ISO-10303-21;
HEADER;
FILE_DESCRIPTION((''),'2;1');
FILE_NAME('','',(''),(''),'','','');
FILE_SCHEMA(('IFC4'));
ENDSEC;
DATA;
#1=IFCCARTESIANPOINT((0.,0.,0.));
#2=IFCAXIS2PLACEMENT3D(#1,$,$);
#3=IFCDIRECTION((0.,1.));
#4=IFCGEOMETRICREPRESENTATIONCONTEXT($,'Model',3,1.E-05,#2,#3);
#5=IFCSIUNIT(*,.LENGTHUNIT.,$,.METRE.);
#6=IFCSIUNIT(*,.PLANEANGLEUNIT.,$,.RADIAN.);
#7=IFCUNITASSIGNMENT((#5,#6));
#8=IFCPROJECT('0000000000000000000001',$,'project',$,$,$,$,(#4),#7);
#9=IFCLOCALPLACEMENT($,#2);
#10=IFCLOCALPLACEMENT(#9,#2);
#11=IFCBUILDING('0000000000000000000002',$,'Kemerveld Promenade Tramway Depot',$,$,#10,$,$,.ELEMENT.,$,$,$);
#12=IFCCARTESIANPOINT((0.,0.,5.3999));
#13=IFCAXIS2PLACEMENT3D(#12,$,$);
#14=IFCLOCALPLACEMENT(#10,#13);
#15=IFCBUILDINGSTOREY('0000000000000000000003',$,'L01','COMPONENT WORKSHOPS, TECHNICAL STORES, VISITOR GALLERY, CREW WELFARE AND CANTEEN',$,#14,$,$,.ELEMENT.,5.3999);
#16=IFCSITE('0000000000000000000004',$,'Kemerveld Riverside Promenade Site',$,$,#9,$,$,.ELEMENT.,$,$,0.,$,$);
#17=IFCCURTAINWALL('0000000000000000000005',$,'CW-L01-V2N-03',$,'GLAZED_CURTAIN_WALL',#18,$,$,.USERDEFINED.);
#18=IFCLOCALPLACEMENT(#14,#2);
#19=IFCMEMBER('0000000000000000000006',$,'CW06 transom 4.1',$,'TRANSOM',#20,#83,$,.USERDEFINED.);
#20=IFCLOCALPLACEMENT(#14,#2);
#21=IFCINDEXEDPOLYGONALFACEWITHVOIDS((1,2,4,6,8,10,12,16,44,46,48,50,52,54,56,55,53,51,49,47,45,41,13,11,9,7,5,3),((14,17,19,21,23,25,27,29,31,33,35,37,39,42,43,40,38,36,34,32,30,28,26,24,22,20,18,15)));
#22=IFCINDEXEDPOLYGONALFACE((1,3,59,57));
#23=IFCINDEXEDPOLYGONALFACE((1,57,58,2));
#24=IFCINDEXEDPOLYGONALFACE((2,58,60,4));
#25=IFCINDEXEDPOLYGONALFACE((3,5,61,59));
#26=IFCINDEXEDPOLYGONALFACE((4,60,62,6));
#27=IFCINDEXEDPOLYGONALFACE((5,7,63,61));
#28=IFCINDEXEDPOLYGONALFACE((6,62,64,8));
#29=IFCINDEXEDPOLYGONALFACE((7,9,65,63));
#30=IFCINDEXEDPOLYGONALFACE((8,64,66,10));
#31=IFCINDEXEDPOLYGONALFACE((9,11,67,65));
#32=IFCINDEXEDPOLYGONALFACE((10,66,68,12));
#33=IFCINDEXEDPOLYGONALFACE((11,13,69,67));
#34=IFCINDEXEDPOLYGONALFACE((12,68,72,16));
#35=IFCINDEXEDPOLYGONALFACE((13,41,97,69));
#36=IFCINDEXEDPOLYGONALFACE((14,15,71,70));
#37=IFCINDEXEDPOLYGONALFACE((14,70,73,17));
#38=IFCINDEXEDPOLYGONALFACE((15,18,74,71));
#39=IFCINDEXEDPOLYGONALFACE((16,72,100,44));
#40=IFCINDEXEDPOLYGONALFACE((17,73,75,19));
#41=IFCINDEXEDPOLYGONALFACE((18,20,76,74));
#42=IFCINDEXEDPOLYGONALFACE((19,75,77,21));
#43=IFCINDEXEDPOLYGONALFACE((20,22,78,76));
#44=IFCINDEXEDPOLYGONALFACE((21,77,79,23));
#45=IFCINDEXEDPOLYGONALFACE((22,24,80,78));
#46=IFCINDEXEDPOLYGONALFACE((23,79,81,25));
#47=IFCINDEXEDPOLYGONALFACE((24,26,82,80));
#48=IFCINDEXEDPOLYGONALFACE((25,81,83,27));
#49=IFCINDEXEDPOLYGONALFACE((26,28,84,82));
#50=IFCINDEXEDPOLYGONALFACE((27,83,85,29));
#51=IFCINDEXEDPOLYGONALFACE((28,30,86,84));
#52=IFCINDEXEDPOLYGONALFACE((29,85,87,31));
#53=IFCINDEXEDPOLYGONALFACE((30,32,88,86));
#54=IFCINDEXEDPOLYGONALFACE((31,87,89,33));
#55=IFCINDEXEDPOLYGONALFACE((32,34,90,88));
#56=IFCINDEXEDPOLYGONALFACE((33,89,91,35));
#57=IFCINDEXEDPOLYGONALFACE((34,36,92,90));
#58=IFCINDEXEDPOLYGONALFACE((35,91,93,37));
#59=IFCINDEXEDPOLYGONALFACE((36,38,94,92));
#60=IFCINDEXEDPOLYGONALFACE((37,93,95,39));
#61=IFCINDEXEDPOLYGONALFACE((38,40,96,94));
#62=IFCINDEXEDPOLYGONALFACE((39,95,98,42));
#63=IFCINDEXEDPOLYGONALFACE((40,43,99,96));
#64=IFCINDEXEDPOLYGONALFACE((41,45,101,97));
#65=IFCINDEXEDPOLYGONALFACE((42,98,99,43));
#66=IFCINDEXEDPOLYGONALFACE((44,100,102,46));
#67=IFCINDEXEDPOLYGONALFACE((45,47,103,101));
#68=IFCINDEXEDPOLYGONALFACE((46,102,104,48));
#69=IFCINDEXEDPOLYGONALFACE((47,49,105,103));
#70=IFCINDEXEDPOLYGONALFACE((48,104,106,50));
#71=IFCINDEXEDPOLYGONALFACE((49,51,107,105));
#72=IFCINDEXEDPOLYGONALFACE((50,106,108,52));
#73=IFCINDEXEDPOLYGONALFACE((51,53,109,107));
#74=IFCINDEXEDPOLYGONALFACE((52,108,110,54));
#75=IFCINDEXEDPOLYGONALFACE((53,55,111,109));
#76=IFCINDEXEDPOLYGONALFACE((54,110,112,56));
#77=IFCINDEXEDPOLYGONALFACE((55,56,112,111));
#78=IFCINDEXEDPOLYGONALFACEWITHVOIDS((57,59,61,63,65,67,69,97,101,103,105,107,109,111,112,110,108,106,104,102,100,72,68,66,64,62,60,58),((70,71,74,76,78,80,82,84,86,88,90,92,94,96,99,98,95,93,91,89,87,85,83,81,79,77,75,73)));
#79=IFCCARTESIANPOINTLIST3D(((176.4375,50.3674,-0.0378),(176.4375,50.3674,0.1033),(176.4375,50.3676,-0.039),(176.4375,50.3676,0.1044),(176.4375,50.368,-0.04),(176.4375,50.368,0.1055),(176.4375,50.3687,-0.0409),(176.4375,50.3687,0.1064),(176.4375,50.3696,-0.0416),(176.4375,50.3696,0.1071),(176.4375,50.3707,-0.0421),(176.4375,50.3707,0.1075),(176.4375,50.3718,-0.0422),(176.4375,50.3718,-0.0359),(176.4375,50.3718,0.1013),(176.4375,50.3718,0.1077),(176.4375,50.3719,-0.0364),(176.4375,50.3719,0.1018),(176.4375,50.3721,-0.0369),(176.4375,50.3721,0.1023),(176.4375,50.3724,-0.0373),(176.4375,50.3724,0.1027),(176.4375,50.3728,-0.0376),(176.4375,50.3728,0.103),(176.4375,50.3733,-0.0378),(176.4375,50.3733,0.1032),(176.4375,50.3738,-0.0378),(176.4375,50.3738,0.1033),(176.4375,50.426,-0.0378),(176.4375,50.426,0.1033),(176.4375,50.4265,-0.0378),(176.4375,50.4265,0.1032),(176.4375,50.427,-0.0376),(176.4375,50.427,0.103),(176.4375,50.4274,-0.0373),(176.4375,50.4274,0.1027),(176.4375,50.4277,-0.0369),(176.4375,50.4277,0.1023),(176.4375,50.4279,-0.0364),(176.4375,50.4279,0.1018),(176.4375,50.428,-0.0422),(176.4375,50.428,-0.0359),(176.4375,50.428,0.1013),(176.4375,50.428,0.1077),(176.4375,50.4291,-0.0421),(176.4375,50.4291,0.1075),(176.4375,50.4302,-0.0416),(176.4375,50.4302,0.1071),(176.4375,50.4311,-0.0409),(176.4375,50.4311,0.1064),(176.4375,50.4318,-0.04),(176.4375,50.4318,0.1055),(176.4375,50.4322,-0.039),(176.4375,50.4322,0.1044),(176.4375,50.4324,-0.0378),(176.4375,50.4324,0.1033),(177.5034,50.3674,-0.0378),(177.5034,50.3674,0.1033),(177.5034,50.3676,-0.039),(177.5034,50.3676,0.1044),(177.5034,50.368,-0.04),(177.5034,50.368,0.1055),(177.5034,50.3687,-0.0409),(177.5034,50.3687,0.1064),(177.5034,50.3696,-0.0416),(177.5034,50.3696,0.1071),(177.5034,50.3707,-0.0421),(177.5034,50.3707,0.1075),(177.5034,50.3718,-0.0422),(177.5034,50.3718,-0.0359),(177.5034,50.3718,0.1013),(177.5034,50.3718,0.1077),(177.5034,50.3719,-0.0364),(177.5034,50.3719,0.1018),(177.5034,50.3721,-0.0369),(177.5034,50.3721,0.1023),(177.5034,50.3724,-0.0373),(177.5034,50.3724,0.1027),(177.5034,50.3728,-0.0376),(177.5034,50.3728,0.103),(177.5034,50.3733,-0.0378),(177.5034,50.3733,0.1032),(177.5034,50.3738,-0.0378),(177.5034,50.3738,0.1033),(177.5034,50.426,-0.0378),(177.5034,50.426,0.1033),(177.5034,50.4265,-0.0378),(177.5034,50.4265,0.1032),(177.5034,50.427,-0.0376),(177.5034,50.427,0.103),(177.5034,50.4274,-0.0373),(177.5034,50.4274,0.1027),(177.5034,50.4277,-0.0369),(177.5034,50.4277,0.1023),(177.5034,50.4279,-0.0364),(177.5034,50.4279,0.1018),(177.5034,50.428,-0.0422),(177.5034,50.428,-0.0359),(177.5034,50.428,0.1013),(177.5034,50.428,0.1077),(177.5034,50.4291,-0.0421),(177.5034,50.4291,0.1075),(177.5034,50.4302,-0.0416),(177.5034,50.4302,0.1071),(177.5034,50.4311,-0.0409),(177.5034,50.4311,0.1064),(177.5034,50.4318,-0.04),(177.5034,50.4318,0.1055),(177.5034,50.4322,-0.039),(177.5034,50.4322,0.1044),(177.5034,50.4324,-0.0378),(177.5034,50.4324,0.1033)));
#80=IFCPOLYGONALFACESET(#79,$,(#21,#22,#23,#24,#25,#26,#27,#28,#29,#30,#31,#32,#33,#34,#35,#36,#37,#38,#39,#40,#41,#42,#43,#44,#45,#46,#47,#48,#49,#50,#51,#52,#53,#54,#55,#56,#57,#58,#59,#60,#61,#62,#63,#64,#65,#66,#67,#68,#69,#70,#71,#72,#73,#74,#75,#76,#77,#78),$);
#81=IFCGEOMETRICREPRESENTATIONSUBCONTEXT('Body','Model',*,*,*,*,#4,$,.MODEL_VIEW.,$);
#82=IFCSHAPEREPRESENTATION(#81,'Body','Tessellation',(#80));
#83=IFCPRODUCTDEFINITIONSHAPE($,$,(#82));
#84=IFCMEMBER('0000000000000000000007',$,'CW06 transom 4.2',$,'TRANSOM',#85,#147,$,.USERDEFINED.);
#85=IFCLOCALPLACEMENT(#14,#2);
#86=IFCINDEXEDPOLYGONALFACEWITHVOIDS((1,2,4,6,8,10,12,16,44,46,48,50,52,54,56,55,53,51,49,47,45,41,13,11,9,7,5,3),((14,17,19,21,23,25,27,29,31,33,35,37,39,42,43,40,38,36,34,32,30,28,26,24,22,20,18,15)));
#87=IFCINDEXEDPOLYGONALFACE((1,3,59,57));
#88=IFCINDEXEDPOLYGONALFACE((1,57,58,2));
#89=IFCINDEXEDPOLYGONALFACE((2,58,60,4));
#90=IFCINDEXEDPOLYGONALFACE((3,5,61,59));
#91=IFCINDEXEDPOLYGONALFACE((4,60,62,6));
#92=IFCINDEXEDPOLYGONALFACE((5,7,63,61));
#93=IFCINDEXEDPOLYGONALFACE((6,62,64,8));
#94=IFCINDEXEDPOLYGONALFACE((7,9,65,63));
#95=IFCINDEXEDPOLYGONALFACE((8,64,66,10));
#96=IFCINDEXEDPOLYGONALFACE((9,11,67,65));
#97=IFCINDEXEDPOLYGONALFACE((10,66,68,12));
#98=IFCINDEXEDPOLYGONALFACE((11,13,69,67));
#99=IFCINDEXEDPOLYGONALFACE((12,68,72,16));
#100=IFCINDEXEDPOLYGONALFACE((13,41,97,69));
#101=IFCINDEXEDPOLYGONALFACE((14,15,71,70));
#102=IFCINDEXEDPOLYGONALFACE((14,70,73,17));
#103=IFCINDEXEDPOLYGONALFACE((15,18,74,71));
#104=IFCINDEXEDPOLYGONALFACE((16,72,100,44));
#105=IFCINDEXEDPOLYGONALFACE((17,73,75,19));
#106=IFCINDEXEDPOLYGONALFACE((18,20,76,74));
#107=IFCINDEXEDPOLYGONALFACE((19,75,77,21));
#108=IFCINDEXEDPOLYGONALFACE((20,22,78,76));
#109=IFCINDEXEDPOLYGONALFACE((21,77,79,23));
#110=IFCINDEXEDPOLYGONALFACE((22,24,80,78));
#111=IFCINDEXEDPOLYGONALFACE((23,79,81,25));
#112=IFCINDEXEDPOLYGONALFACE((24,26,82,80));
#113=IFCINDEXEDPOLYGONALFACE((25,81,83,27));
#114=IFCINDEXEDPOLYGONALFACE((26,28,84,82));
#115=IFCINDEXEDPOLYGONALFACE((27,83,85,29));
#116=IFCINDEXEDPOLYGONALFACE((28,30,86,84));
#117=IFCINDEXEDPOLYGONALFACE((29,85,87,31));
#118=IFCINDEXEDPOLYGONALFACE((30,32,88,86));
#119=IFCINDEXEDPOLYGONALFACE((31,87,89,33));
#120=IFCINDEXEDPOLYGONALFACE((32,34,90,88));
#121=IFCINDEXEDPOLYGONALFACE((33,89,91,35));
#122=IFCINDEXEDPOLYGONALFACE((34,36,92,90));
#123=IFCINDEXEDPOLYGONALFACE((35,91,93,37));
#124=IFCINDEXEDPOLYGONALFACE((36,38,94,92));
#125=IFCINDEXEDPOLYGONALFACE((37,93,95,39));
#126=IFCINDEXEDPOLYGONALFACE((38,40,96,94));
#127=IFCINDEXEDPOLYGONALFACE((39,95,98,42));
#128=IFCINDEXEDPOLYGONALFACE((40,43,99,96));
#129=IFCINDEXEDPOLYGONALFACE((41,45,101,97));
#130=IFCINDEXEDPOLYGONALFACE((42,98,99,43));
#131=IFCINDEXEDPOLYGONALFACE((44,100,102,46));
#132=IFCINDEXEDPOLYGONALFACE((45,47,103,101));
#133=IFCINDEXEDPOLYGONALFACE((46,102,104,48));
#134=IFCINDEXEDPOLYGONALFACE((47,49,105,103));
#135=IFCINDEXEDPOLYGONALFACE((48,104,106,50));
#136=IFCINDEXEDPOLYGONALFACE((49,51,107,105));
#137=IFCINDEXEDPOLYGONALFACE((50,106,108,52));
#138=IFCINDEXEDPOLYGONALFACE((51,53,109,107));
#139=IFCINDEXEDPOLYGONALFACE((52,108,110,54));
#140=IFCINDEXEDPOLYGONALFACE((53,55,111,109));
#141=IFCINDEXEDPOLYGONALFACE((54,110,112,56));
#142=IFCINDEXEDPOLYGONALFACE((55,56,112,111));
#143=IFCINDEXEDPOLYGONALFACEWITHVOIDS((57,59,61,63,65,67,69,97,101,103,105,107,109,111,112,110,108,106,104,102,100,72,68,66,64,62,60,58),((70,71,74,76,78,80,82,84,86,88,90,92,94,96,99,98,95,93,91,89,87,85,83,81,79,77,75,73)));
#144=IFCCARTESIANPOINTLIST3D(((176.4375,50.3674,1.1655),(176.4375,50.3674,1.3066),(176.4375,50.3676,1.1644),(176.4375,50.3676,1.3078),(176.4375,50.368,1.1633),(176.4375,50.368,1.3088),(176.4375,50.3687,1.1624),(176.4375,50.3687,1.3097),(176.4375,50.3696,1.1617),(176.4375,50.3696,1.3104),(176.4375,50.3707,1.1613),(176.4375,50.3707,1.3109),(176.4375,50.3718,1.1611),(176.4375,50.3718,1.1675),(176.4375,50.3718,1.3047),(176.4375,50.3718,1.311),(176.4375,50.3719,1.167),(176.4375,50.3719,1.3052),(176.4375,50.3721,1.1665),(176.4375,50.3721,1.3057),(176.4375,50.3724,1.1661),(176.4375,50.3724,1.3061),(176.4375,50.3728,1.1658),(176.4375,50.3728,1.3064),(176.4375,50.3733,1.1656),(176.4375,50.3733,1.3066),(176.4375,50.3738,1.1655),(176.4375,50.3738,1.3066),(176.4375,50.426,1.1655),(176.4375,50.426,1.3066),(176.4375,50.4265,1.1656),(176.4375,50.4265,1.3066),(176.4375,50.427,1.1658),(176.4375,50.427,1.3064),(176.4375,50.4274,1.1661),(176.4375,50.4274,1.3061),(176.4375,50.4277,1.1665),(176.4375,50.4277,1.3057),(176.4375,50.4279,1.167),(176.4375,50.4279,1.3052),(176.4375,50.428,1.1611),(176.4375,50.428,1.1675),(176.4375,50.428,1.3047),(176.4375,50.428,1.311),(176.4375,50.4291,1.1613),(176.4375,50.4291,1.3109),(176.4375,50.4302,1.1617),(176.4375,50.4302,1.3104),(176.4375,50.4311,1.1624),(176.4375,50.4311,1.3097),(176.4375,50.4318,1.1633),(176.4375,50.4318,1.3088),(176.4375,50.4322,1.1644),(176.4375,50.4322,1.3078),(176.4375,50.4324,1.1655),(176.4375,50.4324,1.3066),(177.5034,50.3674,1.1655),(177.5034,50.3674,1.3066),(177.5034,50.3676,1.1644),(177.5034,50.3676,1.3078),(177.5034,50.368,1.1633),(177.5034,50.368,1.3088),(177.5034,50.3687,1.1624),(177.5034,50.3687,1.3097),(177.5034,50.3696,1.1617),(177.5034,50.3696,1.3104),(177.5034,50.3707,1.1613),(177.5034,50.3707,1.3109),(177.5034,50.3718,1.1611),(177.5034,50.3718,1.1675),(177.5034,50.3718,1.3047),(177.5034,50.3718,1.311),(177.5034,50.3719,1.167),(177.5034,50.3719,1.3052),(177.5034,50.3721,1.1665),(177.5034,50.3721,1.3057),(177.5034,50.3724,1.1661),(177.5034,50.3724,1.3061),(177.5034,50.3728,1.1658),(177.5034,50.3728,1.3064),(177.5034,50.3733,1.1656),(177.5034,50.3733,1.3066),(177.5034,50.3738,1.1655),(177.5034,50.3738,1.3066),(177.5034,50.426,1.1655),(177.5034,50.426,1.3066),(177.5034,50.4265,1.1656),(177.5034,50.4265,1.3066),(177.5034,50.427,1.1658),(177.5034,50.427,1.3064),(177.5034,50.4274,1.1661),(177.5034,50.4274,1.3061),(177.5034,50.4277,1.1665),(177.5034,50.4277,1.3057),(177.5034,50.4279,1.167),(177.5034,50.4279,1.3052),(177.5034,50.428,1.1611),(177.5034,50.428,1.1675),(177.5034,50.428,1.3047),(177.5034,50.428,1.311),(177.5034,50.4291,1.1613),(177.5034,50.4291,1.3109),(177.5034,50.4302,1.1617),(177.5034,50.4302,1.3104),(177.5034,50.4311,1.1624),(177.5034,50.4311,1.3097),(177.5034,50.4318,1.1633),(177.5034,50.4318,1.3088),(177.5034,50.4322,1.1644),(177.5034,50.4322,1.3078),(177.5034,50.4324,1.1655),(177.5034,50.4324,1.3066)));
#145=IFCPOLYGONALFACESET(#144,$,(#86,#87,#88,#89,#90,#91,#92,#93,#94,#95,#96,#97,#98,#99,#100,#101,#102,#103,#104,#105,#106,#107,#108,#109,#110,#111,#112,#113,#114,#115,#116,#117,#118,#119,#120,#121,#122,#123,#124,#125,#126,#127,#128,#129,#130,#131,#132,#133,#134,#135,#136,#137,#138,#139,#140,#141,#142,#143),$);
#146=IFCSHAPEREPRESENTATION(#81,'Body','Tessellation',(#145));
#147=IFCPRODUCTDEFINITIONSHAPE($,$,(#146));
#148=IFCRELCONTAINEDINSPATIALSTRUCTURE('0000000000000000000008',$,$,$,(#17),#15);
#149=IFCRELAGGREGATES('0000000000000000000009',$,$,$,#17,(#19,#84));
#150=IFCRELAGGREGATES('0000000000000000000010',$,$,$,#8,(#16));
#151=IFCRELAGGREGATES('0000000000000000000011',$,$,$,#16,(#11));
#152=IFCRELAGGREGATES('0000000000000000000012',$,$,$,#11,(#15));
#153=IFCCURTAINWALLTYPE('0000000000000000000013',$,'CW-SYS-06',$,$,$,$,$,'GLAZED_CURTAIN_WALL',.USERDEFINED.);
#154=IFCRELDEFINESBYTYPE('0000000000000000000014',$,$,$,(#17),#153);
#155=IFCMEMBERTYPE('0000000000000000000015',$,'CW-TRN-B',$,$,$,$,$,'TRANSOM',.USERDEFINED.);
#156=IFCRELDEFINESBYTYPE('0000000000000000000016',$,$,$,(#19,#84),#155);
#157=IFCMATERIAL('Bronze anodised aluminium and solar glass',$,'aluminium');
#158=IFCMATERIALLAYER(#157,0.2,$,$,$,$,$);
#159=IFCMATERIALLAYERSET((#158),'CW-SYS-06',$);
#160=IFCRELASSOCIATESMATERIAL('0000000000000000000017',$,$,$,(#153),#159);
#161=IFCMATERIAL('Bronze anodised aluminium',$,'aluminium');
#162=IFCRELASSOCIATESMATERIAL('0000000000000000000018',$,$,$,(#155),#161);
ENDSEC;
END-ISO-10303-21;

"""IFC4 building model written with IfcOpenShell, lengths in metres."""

from ifc_helpers import new_model, si_unit, direction, frame, origin, origin_2d, place, context, subcontext, project, spatial, hollow_rectangle, extrude, material, layer, layer_set, material_profile, profile_set, type_object, element, aggregate, save


model = new_model("IFC4")

# Units and contexts
model_context = context("Model", 3, precision=1e-05, world=origin(), true_north=direction((0.0, 1.0)))
body_context = subcontext(model_context, "Body", "Model", "MODEL_VIEW")
ifc_project = project(units=[si_unit("LENGTHUNIT", "METRE"), si_unit("PLANEANGLEUNIT", "RADIAN")], contexts=[model_context])

# Site, building, storey
site_placement = place(None, origin())
site = spatial("IfcSite", under=ifc_project, at=site_placement, Name="Kemerveld Riverside Promenade Site", CompositionType="ELEMENT", RefElevation=0.0)
building_placement = place(site_placement, origin())
building = spatial("IfcBuilding", under=site, at=building_placement, Name="Kemerveld Promenade Tramway Depot", CompositionType="ELEMENT")
storey_placement = place(building_placement, frame((0.0, 0.0, 5.3999)))
storey = spatial("IfcBuildingStorey", under=building, at=storey_placement, Name="L01", Description="COMPONENT WORKSHOPS, TECHNICAL STORES, VISITOR GALLERY, CREW WELFARE AND CANTEEN", CompositionType="ELEMENT", Elevation=5.3999)

# Curtain wall, members
ifc_material_1 = material(Name="Bronze anodised aluminium and solar glass", Category="aluminium")
ifc_layer_1 = layer(ifc_material_1, 0.2)
ifc_layer_set_1 = layer_set([ifc_layer_1], Name="CW-SYS-06")
curtain_wall_type = type_object("IfcCurtainWallType", Name="CW-SYS-06", ElementType="GLAZED_CURTAIN_WALL", PredefinedType="USERDEFINED", material=ifc_layer_set_1)
curtain_wall_placement = place(storey_placement, origin())
curtain_wall = element("IfcCurtainWall", 1, at=curtain_wall_placement, inside=storey, type_object=curtain_wall_type, Name="CW-L01-V2N-03", ObjectType="GLAZED_CURTAIN_WALL", PredefinedType="USERDEFINED")
ifc_material_2 = material(Name="Bronze anodised aluminium", Category="aluminium")
ifc_material_profile_1 = material_profile(ifc_material_2, hollow_rectangle(XDim=0.0649, YDim=0.1499, WallThickness=0.0044, InnerFilletRadius=0.002, OuterFilletRadius=0.0044, at=origin_2d()), Name="CW-TRN-150x65")
ifc_profile_set_1 = profile_set([ifc_material_profile_1], Name="Bronze anodised aluminium")
member_type_1 = type_object("IfcMemberType", Name="CW-TRN-B", ElementType="TRANSOM", PredefinedType="USERDEFINED", material=ifc_profile_set_1)
member_1_placement = place(storey_placement, frame((176.4375, 50.3999, 0.0327), z_axis=(1.0, 0.0, 0.0), x_axis=(0.0, 1.0, 0.0)))
member_1 = element("IfcMember", 2, at=member_1_placement, type_object=member_type_1, Name="CW06 transom 4.1", ObjectType="TRANSOM", PredefinedType="USERDEFINED", context=body_context, shape_type="SweptSolid", body=[
    extrude(hollow_rectangle(XDim=0.0649, YDim=0.1499, WallThickness=0.0044, InnerFilletRadius=0.002, OuterFilletRadius=0.0044, at=origin_2d()), origin(), (0.0, 0.0, 1.0), 1.0659),
])
member_2_placement = place(storey_placement, frame((176.4375, 50.3999, 1.2361), z_axis=(1.0, 0.0, 0.0), x_axis=(0.0, 1.0, 0.0)))
member_2 = element("IfcMember", 3, at=member_2_placement, type_object=member_type_1, Name="CW06 transom 4.2", ObjectType="TRANSOM", PredefinedType="USERDEFINED", context=body_context, shape_type="SweptSolid", body=[
    extrude(hollow_rectangle(XDim=0.0649, YDim=0.1499, WallThickness=0.0044, InnerFilletRadius=0.002, OuterFilletRadius=0.0044, at=origin_2d()), origin(), (0.0, 0.0, 1.0), 1.0659),
])
aggregate(curtain_wall, [member_1, member_2])

save(model, "model.ifc")
